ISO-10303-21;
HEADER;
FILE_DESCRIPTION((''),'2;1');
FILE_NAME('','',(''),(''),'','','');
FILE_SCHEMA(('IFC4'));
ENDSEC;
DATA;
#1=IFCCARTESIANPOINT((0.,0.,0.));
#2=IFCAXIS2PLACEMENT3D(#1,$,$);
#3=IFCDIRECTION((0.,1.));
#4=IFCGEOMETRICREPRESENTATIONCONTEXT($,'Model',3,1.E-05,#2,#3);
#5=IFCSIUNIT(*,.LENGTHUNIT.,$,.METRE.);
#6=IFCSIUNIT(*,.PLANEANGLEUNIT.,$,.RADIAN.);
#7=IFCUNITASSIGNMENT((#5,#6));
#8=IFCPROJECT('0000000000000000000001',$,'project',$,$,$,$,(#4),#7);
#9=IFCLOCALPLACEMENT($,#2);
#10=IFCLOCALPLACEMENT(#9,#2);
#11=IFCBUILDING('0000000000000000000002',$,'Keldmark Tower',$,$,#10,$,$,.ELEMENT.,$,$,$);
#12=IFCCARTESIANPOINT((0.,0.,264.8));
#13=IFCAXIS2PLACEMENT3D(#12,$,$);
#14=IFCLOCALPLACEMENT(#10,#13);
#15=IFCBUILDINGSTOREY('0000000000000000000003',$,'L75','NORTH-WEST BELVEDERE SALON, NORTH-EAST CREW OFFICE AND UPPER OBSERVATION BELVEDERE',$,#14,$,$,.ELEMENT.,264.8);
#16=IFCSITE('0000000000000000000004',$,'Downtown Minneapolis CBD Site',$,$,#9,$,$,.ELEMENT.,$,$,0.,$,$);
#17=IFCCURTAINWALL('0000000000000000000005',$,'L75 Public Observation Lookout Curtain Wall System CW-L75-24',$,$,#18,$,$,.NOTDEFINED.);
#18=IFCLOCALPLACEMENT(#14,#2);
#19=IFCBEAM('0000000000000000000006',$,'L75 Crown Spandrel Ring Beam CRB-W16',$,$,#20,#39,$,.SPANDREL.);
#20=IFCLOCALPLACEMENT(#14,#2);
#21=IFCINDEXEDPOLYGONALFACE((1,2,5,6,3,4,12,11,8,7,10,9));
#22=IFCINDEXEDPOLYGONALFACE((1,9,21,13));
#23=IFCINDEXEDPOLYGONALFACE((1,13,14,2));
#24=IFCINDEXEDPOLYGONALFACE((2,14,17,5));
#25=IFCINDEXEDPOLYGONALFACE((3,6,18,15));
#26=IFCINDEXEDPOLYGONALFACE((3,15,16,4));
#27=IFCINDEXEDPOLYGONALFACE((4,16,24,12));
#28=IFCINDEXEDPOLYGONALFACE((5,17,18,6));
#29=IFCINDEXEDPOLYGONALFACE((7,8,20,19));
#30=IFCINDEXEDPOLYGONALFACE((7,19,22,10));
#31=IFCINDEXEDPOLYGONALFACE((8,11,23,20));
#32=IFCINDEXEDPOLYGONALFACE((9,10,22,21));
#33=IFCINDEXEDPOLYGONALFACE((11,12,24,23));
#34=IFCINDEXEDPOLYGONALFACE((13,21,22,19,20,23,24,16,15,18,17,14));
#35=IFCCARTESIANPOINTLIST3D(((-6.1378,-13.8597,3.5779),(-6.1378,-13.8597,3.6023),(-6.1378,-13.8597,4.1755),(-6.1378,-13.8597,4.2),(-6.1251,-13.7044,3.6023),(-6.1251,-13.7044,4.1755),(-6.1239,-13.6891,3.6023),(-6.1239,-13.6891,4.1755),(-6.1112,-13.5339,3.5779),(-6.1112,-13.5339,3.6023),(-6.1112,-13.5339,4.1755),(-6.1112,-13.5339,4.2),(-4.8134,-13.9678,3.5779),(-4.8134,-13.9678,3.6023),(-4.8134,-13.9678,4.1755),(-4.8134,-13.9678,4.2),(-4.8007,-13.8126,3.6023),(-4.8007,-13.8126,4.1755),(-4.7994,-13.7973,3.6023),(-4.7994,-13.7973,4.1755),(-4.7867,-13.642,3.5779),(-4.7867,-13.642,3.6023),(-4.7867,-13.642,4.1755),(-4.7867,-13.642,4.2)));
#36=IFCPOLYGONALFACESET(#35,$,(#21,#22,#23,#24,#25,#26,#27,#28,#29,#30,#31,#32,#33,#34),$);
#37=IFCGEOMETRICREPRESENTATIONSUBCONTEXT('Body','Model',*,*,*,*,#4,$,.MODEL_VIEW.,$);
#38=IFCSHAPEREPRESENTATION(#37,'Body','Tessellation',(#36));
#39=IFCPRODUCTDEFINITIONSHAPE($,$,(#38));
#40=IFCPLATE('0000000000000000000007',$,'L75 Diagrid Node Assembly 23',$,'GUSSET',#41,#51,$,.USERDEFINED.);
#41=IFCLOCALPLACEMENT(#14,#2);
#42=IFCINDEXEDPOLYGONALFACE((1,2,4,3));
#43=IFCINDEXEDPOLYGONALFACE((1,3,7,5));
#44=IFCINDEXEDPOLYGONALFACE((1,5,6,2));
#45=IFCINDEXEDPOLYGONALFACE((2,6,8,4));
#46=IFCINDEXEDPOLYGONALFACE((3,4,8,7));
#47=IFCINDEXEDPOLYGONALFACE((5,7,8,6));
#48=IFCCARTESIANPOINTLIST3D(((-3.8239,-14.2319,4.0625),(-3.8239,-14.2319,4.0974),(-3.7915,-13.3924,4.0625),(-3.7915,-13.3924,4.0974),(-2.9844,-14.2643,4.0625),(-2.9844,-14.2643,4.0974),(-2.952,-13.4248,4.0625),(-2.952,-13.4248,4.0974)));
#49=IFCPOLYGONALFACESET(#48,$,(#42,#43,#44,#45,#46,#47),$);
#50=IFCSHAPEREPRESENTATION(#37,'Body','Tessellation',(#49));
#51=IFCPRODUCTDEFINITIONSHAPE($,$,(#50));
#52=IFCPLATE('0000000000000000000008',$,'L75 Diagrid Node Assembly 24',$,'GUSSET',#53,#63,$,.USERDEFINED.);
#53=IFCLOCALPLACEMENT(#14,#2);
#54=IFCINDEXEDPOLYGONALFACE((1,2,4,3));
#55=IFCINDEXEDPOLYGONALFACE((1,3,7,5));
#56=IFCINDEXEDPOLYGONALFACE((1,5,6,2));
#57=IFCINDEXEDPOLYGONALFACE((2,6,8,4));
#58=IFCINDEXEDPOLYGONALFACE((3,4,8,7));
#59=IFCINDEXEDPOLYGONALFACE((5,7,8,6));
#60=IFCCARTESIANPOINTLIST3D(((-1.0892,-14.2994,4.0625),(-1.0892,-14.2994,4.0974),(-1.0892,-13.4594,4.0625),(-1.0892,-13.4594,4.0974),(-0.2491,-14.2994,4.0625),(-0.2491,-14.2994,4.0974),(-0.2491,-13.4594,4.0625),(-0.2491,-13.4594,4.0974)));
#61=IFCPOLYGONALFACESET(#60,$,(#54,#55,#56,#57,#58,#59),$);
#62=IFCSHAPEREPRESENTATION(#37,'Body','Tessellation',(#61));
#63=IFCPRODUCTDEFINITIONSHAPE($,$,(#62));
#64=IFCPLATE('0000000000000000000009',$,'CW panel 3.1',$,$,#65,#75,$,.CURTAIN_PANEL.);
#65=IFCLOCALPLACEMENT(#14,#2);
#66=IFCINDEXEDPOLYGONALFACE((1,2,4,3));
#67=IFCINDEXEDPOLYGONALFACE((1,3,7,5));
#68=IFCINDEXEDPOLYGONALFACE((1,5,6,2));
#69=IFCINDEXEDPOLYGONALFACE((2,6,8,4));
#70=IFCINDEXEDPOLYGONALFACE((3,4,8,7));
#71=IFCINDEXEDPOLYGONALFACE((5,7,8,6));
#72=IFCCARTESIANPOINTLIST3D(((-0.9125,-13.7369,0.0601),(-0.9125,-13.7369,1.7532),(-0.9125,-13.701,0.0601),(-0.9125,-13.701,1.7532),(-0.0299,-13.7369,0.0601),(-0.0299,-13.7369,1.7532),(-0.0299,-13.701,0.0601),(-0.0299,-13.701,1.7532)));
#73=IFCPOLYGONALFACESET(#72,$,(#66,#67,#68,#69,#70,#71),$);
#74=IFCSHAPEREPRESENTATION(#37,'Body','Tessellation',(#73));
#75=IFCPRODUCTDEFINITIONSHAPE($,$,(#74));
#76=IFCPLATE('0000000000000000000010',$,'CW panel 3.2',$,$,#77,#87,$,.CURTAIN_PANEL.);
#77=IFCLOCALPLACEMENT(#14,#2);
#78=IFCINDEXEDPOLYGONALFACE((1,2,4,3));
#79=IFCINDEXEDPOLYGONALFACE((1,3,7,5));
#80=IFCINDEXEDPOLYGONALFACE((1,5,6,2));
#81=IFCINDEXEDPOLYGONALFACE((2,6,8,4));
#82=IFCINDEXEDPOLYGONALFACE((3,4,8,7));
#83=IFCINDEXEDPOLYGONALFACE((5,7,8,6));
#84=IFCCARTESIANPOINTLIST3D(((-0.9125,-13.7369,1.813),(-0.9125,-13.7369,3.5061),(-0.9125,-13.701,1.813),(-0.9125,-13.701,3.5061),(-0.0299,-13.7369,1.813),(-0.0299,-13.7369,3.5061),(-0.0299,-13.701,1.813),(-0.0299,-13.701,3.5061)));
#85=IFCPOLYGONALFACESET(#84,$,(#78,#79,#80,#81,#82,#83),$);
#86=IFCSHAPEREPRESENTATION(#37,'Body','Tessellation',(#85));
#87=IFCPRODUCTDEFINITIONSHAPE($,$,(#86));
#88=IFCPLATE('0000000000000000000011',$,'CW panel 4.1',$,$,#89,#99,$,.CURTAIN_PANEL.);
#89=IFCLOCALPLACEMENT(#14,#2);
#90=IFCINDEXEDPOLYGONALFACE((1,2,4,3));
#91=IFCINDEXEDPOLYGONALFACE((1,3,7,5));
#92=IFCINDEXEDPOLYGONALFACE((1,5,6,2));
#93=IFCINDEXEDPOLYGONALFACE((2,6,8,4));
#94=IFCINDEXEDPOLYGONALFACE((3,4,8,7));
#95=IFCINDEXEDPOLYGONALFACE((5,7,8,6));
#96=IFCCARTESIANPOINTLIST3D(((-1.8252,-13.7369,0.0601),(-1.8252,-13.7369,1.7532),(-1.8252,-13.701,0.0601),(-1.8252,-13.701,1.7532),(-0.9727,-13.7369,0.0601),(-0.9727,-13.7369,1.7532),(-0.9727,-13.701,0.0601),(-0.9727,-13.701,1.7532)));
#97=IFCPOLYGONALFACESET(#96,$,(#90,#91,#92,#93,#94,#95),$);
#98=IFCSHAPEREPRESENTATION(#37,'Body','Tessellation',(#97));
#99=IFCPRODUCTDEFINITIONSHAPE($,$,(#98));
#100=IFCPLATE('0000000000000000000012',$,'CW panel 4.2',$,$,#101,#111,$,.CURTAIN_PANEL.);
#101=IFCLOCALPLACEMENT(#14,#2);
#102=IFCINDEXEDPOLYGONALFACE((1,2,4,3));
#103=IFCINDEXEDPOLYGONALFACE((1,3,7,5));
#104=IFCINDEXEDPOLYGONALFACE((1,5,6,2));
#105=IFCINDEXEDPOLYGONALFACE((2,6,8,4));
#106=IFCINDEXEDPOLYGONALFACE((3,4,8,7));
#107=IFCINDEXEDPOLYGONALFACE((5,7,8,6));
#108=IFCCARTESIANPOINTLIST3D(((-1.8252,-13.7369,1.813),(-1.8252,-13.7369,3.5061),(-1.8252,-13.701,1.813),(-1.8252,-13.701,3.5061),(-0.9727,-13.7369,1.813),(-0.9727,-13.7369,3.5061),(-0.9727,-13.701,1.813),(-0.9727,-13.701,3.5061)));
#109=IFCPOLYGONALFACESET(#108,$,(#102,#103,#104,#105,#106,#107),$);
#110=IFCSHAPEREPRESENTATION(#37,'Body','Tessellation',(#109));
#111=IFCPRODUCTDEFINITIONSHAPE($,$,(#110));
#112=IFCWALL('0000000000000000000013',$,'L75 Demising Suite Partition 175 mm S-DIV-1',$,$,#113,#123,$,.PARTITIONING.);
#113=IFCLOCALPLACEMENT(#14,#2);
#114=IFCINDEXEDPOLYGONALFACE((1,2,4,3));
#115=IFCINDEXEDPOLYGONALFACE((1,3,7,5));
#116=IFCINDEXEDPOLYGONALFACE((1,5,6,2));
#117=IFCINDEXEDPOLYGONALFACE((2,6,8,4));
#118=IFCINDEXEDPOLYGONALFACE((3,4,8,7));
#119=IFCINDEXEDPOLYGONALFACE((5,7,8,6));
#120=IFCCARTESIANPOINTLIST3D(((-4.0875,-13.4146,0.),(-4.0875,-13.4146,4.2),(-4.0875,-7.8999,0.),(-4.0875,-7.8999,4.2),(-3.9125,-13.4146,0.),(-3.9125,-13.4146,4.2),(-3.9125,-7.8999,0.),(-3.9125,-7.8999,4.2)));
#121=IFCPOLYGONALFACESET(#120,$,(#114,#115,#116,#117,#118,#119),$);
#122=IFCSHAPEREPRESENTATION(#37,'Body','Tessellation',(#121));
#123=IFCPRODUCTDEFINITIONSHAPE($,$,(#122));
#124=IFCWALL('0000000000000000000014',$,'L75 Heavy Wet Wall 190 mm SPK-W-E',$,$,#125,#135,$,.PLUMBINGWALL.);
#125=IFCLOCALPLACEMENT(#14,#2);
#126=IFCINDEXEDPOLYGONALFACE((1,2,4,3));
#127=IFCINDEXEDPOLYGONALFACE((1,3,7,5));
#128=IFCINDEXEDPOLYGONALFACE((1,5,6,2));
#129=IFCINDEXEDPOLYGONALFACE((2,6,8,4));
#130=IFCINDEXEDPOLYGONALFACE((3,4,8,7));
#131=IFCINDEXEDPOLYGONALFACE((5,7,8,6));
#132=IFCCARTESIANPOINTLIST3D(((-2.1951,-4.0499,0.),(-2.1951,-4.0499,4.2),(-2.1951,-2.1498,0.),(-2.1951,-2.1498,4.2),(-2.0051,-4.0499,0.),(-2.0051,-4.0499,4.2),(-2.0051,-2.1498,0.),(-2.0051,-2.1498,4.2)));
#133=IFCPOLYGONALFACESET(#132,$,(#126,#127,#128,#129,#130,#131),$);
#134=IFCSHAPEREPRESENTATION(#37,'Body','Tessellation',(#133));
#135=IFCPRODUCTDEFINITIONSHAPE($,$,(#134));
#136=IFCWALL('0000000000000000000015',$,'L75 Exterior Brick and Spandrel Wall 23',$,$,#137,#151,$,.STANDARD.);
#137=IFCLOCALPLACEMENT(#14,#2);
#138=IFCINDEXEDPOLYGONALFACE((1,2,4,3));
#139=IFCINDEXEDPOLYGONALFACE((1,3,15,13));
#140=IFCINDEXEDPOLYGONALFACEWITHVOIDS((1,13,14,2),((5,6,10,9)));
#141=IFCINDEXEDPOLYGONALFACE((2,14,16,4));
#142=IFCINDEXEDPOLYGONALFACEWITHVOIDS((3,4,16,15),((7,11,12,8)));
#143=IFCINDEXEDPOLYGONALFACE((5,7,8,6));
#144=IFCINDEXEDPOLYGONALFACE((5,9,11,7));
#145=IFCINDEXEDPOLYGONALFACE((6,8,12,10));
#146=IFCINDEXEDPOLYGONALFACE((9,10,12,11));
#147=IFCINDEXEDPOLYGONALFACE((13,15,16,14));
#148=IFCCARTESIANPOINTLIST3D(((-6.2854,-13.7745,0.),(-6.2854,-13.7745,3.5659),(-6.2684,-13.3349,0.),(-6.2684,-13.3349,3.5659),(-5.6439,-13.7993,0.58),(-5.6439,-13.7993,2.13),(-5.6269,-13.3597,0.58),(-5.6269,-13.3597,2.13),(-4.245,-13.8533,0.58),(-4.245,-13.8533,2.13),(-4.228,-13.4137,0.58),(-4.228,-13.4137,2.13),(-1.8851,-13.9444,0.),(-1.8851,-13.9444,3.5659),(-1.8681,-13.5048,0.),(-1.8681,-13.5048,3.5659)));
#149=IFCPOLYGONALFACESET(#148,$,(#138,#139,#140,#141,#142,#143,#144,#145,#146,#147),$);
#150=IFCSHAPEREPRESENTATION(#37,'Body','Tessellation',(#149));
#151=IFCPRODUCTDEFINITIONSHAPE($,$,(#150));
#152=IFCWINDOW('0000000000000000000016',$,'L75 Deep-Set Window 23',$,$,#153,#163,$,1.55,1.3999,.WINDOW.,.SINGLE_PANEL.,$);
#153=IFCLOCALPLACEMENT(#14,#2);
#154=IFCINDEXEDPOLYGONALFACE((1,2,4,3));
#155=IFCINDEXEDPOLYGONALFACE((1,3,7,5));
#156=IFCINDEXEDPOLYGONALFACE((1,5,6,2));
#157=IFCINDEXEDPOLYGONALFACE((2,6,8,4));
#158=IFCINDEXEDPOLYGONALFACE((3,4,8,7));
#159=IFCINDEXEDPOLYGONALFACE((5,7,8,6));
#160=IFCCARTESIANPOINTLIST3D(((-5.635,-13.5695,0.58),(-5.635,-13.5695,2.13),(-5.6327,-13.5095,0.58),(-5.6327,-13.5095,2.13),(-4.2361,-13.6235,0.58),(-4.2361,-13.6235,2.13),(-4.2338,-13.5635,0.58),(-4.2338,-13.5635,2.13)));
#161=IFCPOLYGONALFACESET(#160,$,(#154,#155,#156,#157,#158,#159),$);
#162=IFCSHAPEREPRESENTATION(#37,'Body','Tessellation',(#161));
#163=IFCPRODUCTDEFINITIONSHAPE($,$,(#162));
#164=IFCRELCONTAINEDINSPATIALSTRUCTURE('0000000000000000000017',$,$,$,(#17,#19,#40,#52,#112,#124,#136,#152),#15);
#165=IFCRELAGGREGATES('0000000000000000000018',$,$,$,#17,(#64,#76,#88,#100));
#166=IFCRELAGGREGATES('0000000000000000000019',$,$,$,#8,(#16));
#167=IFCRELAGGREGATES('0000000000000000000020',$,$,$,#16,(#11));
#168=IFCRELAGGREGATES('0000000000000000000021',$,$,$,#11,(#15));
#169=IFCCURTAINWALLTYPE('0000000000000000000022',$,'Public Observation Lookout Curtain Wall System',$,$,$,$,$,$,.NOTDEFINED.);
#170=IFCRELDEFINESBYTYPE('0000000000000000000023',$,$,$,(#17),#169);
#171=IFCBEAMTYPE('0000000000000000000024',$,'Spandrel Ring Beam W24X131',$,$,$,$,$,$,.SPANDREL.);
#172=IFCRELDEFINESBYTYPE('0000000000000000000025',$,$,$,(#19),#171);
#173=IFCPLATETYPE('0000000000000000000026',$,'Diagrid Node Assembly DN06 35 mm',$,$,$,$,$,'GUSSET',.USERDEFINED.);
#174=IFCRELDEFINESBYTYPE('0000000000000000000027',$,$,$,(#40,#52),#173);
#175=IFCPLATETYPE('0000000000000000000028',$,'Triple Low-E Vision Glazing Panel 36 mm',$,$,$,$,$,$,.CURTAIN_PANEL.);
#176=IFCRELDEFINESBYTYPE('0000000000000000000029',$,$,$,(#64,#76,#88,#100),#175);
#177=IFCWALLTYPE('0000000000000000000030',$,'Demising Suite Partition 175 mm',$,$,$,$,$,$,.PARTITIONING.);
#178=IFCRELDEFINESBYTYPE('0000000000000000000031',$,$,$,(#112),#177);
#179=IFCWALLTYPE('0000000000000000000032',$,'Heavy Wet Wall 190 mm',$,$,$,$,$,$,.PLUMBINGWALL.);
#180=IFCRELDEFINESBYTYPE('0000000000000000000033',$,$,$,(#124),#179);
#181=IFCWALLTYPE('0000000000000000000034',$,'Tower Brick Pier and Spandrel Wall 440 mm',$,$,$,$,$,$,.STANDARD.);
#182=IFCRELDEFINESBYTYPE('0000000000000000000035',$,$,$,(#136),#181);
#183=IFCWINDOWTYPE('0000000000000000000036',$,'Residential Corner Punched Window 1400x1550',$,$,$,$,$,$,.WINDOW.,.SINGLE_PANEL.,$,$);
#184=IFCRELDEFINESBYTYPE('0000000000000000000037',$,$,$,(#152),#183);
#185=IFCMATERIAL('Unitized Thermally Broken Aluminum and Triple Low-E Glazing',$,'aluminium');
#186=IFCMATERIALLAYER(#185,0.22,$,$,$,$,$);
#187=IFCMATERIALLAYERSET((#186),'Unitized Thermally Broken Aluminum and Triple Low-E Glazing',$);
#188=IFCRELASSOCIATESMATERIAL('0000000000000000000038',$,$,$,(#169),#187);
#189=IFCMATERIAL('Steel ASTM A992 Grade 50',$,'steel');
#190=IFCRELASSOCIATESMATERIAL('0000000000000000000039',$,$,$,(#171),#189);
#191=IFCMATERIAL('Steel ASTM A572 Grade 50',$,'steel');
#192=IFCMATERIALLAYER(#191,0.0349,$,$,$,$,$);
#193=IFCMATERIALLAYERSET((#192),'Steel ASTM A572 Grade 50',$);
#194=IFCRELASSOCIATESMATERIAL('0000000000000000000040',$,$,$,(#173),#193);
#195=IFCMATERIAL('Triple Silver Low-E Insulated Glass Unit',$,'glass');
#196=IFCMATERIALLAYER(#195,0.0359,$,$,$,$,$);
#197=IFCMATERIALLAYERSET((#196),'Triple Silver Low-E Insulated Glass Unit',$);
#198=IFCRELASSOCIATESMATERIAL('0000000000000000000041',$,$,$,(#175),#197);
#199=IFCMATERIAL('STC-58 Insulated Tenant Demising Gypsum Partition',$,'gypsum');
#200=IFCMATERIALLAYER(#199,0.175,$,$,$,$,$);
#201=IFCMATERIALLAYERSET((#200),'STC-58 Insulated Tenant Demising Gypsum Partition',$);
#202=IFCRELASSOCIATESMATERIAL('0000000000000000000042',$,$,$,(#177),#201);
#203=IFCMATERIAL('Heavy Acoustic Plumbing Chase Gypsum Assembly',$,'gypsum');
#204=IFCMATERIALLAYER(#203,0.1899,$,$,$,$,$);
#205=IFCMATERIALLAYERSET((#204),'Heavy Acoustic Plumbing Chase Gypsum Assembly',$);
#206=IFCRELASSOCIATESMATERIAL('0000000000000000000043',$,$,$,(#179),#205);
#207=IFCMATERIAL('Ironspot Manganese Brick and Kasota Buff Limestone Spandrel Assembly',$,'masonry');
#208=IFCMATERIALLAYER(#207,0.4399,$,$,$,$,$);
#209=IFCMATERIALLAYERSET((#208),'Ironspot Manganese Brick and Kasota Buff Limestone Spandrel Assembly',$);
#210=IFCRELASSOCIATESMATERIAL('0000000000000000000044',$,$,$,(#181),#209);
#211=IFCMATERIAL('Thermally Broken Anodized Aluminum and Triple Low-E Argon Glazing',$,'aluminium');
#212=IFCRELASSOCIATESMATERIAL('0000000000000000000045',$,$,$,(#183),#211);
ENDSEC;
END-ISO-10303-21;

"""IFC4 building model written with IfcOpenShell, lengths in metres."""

from ifc_helpers import new_model, si_unit, direction, frame, frame_2d, origin, origin_2d, place, context, subcontext, project, spatial, rectangle, i_section, extrude, material, layer, layer_set, material_profile, profile_set, type_object, element, fill, aggregate, save


model = new_model("IFC4")

# Units and contexts
model_context = context("Model", 3, precision=1e-05, world=origin(), true_north=direction((0.0, 1.0)))
body_context = subcontext(model_context, "Body", "Model", "MODEL_VIEW")
ifc_project = project(units=[si_unit("LENGTHUNIT", "METRE"), si_unit("PLANEANGLEUNIT", "RADIAN")], contexts=[model_context])

# Site, building, storey
site_placement = place(None, origin())
site = spatial("IfcSite", under=ifc_project, at=site_placement, Name="Downtown Minneapolis CBD Site", CompositionType="ELEMENT", RefElevation=0.0)
building_placement = place(site_placement, origin())
building = spatial("IfcBuilding", under=site, at=building_placement, Name="Keldmark Tower", CompositionType="ELEMENT")
storey_placement = place(building_placement, frame((0.0, 0.0, 264.8)))
storey = spatial("IfcBuildingStorey", under=building, at=storey_placement, Name="L75", Description="NORTH-WEST BELVEDERE SALON, NORTH-EAST CREW OFFICE AND UPPER OBSERVATION BELVEDERE", CompositionType="ELEMENT", Elevation=264.8)

# Curtain wall
ifc_material_1 = material(Name="Unitized Thermally Broken Aluminum and Triple Low-E Glazing", Category="aluminium")
ifc_layer_1 = layer(ifc_material_1, 0.22)
ifc_layer_set_1 = layer_set([ifc_layer_1], Name="Unitized Thermally Broken Aluminum and Triple Low-E Glazing")
curtain_wall_type = type_object("IfcCurtainWallType", Name="Public Observation Lookout Curtain Wall System", PredefinedType="NOTDEFINED", material=ifc_layer_set_1)
curtain_wall_1_placement = place(storey_placement, origin())
curtain_wall_1 = element("IfcCurtainWall", 1, at=curtain_wall_1_placement, inside=storey, type_object=curtain_wall_type, Name="L75 Public Observation Lookout Curtain Wall System CW-L75-24", PredefinedType="NOTDEFINED")

# Beam
ifc_material_2 = material(Name="Steel ASTM A992 Grade 50", Category="steel")
ifc_material_profile_1 = material_profile(ifc_material_2, i_section(OverallWidth=0.3269, OverallDepth=0.6221, WebThickness=0.0154, FlangeThickness=0.0244, at=origin_2d()), Name="W24X131")
ifc_profile_set_1 = profile_set([ifc_material_profile_1], Name="Steel ASTM A992 Grade 50")
beam_type_1 = type_object("IfcBeamType", Name="Spandrel Ring Beam W24X131", PredefinedType="SPANDREL", material=ifc_profile_set_1)
beam_1_placement = place(storey_placement, frame((-4.8, -13.8049, 3.8889), z_axis=(-0.996682, 0.081388, 0.0), x_axis=(-0.081388, -0.996682, 0.0)))
element("IfcBeam", 2, at=beam_1_placement, inside=storey, type_object=beam_type_1, Name="L75 Crown Spandrel Ring Beam CRB-W16", PredefinedType="SPANDREL", context=body_context, shape_type="SweptSolid", body=[
    extrude(i_section(OverallWidth=0.3269, OverallDepth=0.6221, WebThickness=0.0154, FlangeThickness=0.0244, at=origin_2d()), origin(), (0.0, 0.0, 1.0), 1.3289),
])

# Plates
ifc_material_3 = material(Name="Steel ASTM A572 Grade 50", Category="steel")
ifc_layer_2 = layer(ifc_material_3, 0.0349)
ifc_layer_set_2 = layer_set([ifc_layer_2], Name="Steel ASTM A572 Grade 50")
plate_type_1 = type_object("IfcPlateType", Name="Diagrid Node Assembly DN06 35 mm", ElementType="GUSSET", PredefinedType="USERDEFINED", material=ifc_layer_set_2)
for number, where, z_axis, x_axis, name in (
    (3, (-3.3879, -13.8284, 4.0625), (0.0, 0.0, 1.0), (0.999256, -0.038562, 0.0), "L75 Diagrid Node Assembly 23"),
    (4, (-0.6692, -13.8794, 4.0625), (0.0, 0.0, 1.0), (1.0, 0.0, 0.0), "L75 Diagrid Node Assembly 24"),
):
    element("IfcPlate", number, at=place(storey_placement, frame(where, z_axis=z_axis, x_axis=x_axis)), inside=storey, type_object=plate_type_1, Name=name, ObjectType="GUSSET", PredefinedType="USERDEFINED", context=body_context, shape_type="SweptSolid", body=[
        extrude(rectangle(XDim=0.8401, YDim=0.8401, at=origin_2d()), origin(), (0.0, 0.0, 1.0), 0.0349),
    ])

# Plates
ifc_material_4 = material(Name="Triple Silver Low-E Insulated Glass Unit", Category="glass")
ifc_layer_3 = layer(ifc_material_4, 0.0359)
ifc_layer_set_3 = layer_set([ifc_layer_3], Name="Triple Silver Low-E Insulated Glass Unit")
plate_type_2 = type_object("IfcPlateType", Name="Triple Low-E Vision Glazing Panel 36 mm", PredefinedType="CURTAIN_PANEL", material=ifc_layer_set_3)
plate_1_placement = place(storey_placement, frame((-0.4712, -13.719, 0.0601), z_axis=(0.0, 0.0, 1.0), x_axis=(-1.0, 0.0, 0.0)))
plate_1 = element("IfcPlate", 5, at=plate_1_placement, type_object=plate_type_2, Name="CW panel 3.1", PredefinedType="CURTAIN_PANEL", context=body_context, shape_type="SweptSolid", body=[
    extrude(rectangle(XDim=0.8826, YDim=0.0359, at=origin_2d()), origin(), (0.0, 0.0, 1.0), 1.6931),
])
plate_2_placement = place(storey_placement, frame((-0.4712, -13.719, 1.813), z_axis=(0.0, 0.0, 1.0), x_axis=(-1.0, 0.0, 0.0)))
plate_2 = element("IfcPlate", 6, at=plate_2_placement, type_object=plate_type_2, Name="CW panel 3.2", PredefinedType="CURTAIN_PANEL", context=body_context, shape_type="SweptSolid", body=[
    extrude(rectangle(XDim=0.8826, YDim=0.0359, at=origin_2d()), origin(), (0.0, 0.0, 1.0), 1.6931),
])
plate_3_placement = place(storey_placement, frame((-1.3989, -13.719, 0.0601), z_axis=(0.0, 0.0, 1.0), x_axis=(-1.0, 0.0, 0.0)))
plate_3 = element("IfcPlate", 7, at=plate_3_placement, type_object=plate_type_2, Name="CW panel 4.1", PredefinedType="CURTAIN_PANEL", context=body_context, shape_type="SweptSolid", body=[
    extrude(rectangle(XDim=0.8525, YDim=0.0359, at=origin_2d()), origin(), (0.0, 0.0, 1.0), 1.6931),
])
plate_4_placement = place(storey_placement, frame((-1.3989, -13.719, 1.813), z_axis=(0.0, 0.0, 1.0), x_axis=(-1.0, 0.0, 0.0)))
plate_4 = element("IfcPlate", 8, at=plate_4_placement, type_object=plate_type_2, Name="CW panel 4.2", PredefinedType="CURTAIN_PANEL", context=body_context, shape_type="SweptSolid", body=[
    extrude(rectangle(XDim=0.8525, YDim=0.0359, at=origin_2d()), origin(), (0.0, 0.0, 1.0), 1.6931),
])
aggregate(curtain_wall_1, [plate_1, plate_2, plate_3, plate_4])

# Walls
ifc_material_5 = material(Name="STC-58 Insulated Tenant Demising Gypsum Partition", Category="gypsum")
ifc_layer_4 = layer(ifc_material_5, 0.175)
ifc_layer_set_4 = layer_set([ifc_layer_4], Name="STC-58 Insulated Tenant Demising Gypsum Partition")
wall_type_1 = type_object("IfcWallType", Name="Demising Suite Partition 175 mm", PredefinedType="PARTITIONING", material=ifc_layer_set_4)
wall_1_placement = place(storey_placement, frame((-4.0, -13.4146, 0.0), z_axis=(0.0, 0.0, 1.0), x_axis=(0.0, 1.0, 0.0)))
element("IfcWall", 9, at=wall_1_placement, inside=storey, type_object=wall_type_1, Name="L75 Demising Suite Partition 175 mm S-DIV-1", PredefinedType="PARTITIONING", context=body_context, shape_type="SweptSolid", body=[
    extrude(rectangle(XDim=5.5146, YDim=0.175, at=frame_2d((2.7573, 0.0))), origin(), (0.0, 0.0, 1.0), 4.2),
])
ifc_material_6 = material(Name="Heavy Acoustic Plumbing Chase Gypsum Assembly", Category="gypsum")
ifc_layer_5 = layer(ifc_material_6, 0.1899)
ifc_layer_set_5 = layer_set([ifc_layer_5], Name="Heavy Acoustic Plumbing Chase Gypsum Assembly")
wall_type_2 = type_object("IfcWallType", Name="Heavy Wet Wall 190 mm", PredefinedType="PLUMBINGWALL", material=ifc_layer_set_5)
wall_2_placement = place(storey_placement, frame((-2.1001, -4.05, 0.0), z_axis=(0.0, 0.0, 1.0), x_axis=(0.0, 1.0, 0.0)))
element("IfcWall", 10, at=wall_2_placement, inside=storey, type_object=wall_type_2, Name="L75 Heavy Wet Wall 190 mm SPK-W-E", PredefinedType="PLUMBINGWALL", context=body_context, shape_type="SweptSolid", body=[
    extrude(rectangle(XDim=1.9001, YDim=0.1899, at=frame_2d((0.9502, 0.0))), origin(), (0.0, 0.0, 1.0), 4.2),
])

# Wall, opening, window
ifc_material_7 = material(Name="Ironspot Manganese Brick and Kasota Buff Limestone Spandrel Assembly", Category="masonry")
ifc_layer_6 = layer(ifc_material_7, 0.4399)
ifc_layer_set_6 = layer_set([ifc_layer_6], Name="Ironspot Manganese Brick and Kasota Buff Limestone Spandrel Assembly")
wall_type_3 = type_object("IfcWallType", Name="Tower Brick Pier and Spandrel Wall 440 mm", PredefinedType="STANDARD", material=ifc_layer_set_6)
wall_3_placement = place(storey_placement, frame((-1.8767, -13.7246, 0.0), z_axis=(0.0, 0.0, 1.0), x_axis=(-0.999255, 0.038586, 0.0)))
wall_3 = element("IfcWall", 11, at=wall_3_placement, inside=storey, type_object=wall_type_3, Name="L75 Exterior Brick and Spandrel Wall 23", PredefinedType="STANDARD", context=body_context, shape_type="SweptSolid", body=[
    extrude(rectangle(XDim=4.4036, YDim=0.4399, at=frame_2d((2.2017, 0.0))), origin(), (0.0, 0.0, 1.0), 3.5659),
])
opening_placement = place(wall_3_placement, frame((2.3616, 0.0, 0.5801)))
opening = element("IfcOpeningElement", 12, at=opening_placement, cuts=wall_3, PredefinedType="OPENING", context=body_context, shape_type="SweptSolid", body=[
    extrude(rectangle(XDim=1.3999, YDim=1.55, at=frame_2d((0.7, 0.7749))), frame((0.0, 0.23, 0.0), z_axis=(0.0, -1.0, 0.0), x_axis=(1.0, 0.0, 0.0)), (0.0, 0.0, 1.0), 0.46),
])
ifc_material_8 = material(Name="Thermally Broken Anodized Aluminum and Triple Low-E Argon Glazing", Category="aluminium")
window_type = type_object("IfcWindowType", Name="Residential Corner Punched Window 1400x1550", PartitioningType="SINGLE_PANEL", PredefinedType="WINDOW", material=ifc_material_8)
window_placement = place(opening_placement, origin())
window = element("IfcWindow", 13, at=window_placement, inside=storey, type_object=window_type, Name="L75 Deep-Set Window 23", OverallHeight=1.55, OverallWidth=1.3999, PartitioningType="SINGLE_PANEL", PredefinedType="WINDOW", context=body_context, shape_type="SweptSolid", body=[
    extrude(rectangle(XDim=1.3999, YDim=1.55, at=frame_2d((0.7, 0.7749))), frame((0.0, -0.01, 0.0), z_axis=(0.0, -1.0, 0.0), x_axis=(1.0, 0.0, 0.0)), (0.0, 0.0, 1.0), 0.0601),
])
fill(opening, window)

save(model, "model.ifc")
